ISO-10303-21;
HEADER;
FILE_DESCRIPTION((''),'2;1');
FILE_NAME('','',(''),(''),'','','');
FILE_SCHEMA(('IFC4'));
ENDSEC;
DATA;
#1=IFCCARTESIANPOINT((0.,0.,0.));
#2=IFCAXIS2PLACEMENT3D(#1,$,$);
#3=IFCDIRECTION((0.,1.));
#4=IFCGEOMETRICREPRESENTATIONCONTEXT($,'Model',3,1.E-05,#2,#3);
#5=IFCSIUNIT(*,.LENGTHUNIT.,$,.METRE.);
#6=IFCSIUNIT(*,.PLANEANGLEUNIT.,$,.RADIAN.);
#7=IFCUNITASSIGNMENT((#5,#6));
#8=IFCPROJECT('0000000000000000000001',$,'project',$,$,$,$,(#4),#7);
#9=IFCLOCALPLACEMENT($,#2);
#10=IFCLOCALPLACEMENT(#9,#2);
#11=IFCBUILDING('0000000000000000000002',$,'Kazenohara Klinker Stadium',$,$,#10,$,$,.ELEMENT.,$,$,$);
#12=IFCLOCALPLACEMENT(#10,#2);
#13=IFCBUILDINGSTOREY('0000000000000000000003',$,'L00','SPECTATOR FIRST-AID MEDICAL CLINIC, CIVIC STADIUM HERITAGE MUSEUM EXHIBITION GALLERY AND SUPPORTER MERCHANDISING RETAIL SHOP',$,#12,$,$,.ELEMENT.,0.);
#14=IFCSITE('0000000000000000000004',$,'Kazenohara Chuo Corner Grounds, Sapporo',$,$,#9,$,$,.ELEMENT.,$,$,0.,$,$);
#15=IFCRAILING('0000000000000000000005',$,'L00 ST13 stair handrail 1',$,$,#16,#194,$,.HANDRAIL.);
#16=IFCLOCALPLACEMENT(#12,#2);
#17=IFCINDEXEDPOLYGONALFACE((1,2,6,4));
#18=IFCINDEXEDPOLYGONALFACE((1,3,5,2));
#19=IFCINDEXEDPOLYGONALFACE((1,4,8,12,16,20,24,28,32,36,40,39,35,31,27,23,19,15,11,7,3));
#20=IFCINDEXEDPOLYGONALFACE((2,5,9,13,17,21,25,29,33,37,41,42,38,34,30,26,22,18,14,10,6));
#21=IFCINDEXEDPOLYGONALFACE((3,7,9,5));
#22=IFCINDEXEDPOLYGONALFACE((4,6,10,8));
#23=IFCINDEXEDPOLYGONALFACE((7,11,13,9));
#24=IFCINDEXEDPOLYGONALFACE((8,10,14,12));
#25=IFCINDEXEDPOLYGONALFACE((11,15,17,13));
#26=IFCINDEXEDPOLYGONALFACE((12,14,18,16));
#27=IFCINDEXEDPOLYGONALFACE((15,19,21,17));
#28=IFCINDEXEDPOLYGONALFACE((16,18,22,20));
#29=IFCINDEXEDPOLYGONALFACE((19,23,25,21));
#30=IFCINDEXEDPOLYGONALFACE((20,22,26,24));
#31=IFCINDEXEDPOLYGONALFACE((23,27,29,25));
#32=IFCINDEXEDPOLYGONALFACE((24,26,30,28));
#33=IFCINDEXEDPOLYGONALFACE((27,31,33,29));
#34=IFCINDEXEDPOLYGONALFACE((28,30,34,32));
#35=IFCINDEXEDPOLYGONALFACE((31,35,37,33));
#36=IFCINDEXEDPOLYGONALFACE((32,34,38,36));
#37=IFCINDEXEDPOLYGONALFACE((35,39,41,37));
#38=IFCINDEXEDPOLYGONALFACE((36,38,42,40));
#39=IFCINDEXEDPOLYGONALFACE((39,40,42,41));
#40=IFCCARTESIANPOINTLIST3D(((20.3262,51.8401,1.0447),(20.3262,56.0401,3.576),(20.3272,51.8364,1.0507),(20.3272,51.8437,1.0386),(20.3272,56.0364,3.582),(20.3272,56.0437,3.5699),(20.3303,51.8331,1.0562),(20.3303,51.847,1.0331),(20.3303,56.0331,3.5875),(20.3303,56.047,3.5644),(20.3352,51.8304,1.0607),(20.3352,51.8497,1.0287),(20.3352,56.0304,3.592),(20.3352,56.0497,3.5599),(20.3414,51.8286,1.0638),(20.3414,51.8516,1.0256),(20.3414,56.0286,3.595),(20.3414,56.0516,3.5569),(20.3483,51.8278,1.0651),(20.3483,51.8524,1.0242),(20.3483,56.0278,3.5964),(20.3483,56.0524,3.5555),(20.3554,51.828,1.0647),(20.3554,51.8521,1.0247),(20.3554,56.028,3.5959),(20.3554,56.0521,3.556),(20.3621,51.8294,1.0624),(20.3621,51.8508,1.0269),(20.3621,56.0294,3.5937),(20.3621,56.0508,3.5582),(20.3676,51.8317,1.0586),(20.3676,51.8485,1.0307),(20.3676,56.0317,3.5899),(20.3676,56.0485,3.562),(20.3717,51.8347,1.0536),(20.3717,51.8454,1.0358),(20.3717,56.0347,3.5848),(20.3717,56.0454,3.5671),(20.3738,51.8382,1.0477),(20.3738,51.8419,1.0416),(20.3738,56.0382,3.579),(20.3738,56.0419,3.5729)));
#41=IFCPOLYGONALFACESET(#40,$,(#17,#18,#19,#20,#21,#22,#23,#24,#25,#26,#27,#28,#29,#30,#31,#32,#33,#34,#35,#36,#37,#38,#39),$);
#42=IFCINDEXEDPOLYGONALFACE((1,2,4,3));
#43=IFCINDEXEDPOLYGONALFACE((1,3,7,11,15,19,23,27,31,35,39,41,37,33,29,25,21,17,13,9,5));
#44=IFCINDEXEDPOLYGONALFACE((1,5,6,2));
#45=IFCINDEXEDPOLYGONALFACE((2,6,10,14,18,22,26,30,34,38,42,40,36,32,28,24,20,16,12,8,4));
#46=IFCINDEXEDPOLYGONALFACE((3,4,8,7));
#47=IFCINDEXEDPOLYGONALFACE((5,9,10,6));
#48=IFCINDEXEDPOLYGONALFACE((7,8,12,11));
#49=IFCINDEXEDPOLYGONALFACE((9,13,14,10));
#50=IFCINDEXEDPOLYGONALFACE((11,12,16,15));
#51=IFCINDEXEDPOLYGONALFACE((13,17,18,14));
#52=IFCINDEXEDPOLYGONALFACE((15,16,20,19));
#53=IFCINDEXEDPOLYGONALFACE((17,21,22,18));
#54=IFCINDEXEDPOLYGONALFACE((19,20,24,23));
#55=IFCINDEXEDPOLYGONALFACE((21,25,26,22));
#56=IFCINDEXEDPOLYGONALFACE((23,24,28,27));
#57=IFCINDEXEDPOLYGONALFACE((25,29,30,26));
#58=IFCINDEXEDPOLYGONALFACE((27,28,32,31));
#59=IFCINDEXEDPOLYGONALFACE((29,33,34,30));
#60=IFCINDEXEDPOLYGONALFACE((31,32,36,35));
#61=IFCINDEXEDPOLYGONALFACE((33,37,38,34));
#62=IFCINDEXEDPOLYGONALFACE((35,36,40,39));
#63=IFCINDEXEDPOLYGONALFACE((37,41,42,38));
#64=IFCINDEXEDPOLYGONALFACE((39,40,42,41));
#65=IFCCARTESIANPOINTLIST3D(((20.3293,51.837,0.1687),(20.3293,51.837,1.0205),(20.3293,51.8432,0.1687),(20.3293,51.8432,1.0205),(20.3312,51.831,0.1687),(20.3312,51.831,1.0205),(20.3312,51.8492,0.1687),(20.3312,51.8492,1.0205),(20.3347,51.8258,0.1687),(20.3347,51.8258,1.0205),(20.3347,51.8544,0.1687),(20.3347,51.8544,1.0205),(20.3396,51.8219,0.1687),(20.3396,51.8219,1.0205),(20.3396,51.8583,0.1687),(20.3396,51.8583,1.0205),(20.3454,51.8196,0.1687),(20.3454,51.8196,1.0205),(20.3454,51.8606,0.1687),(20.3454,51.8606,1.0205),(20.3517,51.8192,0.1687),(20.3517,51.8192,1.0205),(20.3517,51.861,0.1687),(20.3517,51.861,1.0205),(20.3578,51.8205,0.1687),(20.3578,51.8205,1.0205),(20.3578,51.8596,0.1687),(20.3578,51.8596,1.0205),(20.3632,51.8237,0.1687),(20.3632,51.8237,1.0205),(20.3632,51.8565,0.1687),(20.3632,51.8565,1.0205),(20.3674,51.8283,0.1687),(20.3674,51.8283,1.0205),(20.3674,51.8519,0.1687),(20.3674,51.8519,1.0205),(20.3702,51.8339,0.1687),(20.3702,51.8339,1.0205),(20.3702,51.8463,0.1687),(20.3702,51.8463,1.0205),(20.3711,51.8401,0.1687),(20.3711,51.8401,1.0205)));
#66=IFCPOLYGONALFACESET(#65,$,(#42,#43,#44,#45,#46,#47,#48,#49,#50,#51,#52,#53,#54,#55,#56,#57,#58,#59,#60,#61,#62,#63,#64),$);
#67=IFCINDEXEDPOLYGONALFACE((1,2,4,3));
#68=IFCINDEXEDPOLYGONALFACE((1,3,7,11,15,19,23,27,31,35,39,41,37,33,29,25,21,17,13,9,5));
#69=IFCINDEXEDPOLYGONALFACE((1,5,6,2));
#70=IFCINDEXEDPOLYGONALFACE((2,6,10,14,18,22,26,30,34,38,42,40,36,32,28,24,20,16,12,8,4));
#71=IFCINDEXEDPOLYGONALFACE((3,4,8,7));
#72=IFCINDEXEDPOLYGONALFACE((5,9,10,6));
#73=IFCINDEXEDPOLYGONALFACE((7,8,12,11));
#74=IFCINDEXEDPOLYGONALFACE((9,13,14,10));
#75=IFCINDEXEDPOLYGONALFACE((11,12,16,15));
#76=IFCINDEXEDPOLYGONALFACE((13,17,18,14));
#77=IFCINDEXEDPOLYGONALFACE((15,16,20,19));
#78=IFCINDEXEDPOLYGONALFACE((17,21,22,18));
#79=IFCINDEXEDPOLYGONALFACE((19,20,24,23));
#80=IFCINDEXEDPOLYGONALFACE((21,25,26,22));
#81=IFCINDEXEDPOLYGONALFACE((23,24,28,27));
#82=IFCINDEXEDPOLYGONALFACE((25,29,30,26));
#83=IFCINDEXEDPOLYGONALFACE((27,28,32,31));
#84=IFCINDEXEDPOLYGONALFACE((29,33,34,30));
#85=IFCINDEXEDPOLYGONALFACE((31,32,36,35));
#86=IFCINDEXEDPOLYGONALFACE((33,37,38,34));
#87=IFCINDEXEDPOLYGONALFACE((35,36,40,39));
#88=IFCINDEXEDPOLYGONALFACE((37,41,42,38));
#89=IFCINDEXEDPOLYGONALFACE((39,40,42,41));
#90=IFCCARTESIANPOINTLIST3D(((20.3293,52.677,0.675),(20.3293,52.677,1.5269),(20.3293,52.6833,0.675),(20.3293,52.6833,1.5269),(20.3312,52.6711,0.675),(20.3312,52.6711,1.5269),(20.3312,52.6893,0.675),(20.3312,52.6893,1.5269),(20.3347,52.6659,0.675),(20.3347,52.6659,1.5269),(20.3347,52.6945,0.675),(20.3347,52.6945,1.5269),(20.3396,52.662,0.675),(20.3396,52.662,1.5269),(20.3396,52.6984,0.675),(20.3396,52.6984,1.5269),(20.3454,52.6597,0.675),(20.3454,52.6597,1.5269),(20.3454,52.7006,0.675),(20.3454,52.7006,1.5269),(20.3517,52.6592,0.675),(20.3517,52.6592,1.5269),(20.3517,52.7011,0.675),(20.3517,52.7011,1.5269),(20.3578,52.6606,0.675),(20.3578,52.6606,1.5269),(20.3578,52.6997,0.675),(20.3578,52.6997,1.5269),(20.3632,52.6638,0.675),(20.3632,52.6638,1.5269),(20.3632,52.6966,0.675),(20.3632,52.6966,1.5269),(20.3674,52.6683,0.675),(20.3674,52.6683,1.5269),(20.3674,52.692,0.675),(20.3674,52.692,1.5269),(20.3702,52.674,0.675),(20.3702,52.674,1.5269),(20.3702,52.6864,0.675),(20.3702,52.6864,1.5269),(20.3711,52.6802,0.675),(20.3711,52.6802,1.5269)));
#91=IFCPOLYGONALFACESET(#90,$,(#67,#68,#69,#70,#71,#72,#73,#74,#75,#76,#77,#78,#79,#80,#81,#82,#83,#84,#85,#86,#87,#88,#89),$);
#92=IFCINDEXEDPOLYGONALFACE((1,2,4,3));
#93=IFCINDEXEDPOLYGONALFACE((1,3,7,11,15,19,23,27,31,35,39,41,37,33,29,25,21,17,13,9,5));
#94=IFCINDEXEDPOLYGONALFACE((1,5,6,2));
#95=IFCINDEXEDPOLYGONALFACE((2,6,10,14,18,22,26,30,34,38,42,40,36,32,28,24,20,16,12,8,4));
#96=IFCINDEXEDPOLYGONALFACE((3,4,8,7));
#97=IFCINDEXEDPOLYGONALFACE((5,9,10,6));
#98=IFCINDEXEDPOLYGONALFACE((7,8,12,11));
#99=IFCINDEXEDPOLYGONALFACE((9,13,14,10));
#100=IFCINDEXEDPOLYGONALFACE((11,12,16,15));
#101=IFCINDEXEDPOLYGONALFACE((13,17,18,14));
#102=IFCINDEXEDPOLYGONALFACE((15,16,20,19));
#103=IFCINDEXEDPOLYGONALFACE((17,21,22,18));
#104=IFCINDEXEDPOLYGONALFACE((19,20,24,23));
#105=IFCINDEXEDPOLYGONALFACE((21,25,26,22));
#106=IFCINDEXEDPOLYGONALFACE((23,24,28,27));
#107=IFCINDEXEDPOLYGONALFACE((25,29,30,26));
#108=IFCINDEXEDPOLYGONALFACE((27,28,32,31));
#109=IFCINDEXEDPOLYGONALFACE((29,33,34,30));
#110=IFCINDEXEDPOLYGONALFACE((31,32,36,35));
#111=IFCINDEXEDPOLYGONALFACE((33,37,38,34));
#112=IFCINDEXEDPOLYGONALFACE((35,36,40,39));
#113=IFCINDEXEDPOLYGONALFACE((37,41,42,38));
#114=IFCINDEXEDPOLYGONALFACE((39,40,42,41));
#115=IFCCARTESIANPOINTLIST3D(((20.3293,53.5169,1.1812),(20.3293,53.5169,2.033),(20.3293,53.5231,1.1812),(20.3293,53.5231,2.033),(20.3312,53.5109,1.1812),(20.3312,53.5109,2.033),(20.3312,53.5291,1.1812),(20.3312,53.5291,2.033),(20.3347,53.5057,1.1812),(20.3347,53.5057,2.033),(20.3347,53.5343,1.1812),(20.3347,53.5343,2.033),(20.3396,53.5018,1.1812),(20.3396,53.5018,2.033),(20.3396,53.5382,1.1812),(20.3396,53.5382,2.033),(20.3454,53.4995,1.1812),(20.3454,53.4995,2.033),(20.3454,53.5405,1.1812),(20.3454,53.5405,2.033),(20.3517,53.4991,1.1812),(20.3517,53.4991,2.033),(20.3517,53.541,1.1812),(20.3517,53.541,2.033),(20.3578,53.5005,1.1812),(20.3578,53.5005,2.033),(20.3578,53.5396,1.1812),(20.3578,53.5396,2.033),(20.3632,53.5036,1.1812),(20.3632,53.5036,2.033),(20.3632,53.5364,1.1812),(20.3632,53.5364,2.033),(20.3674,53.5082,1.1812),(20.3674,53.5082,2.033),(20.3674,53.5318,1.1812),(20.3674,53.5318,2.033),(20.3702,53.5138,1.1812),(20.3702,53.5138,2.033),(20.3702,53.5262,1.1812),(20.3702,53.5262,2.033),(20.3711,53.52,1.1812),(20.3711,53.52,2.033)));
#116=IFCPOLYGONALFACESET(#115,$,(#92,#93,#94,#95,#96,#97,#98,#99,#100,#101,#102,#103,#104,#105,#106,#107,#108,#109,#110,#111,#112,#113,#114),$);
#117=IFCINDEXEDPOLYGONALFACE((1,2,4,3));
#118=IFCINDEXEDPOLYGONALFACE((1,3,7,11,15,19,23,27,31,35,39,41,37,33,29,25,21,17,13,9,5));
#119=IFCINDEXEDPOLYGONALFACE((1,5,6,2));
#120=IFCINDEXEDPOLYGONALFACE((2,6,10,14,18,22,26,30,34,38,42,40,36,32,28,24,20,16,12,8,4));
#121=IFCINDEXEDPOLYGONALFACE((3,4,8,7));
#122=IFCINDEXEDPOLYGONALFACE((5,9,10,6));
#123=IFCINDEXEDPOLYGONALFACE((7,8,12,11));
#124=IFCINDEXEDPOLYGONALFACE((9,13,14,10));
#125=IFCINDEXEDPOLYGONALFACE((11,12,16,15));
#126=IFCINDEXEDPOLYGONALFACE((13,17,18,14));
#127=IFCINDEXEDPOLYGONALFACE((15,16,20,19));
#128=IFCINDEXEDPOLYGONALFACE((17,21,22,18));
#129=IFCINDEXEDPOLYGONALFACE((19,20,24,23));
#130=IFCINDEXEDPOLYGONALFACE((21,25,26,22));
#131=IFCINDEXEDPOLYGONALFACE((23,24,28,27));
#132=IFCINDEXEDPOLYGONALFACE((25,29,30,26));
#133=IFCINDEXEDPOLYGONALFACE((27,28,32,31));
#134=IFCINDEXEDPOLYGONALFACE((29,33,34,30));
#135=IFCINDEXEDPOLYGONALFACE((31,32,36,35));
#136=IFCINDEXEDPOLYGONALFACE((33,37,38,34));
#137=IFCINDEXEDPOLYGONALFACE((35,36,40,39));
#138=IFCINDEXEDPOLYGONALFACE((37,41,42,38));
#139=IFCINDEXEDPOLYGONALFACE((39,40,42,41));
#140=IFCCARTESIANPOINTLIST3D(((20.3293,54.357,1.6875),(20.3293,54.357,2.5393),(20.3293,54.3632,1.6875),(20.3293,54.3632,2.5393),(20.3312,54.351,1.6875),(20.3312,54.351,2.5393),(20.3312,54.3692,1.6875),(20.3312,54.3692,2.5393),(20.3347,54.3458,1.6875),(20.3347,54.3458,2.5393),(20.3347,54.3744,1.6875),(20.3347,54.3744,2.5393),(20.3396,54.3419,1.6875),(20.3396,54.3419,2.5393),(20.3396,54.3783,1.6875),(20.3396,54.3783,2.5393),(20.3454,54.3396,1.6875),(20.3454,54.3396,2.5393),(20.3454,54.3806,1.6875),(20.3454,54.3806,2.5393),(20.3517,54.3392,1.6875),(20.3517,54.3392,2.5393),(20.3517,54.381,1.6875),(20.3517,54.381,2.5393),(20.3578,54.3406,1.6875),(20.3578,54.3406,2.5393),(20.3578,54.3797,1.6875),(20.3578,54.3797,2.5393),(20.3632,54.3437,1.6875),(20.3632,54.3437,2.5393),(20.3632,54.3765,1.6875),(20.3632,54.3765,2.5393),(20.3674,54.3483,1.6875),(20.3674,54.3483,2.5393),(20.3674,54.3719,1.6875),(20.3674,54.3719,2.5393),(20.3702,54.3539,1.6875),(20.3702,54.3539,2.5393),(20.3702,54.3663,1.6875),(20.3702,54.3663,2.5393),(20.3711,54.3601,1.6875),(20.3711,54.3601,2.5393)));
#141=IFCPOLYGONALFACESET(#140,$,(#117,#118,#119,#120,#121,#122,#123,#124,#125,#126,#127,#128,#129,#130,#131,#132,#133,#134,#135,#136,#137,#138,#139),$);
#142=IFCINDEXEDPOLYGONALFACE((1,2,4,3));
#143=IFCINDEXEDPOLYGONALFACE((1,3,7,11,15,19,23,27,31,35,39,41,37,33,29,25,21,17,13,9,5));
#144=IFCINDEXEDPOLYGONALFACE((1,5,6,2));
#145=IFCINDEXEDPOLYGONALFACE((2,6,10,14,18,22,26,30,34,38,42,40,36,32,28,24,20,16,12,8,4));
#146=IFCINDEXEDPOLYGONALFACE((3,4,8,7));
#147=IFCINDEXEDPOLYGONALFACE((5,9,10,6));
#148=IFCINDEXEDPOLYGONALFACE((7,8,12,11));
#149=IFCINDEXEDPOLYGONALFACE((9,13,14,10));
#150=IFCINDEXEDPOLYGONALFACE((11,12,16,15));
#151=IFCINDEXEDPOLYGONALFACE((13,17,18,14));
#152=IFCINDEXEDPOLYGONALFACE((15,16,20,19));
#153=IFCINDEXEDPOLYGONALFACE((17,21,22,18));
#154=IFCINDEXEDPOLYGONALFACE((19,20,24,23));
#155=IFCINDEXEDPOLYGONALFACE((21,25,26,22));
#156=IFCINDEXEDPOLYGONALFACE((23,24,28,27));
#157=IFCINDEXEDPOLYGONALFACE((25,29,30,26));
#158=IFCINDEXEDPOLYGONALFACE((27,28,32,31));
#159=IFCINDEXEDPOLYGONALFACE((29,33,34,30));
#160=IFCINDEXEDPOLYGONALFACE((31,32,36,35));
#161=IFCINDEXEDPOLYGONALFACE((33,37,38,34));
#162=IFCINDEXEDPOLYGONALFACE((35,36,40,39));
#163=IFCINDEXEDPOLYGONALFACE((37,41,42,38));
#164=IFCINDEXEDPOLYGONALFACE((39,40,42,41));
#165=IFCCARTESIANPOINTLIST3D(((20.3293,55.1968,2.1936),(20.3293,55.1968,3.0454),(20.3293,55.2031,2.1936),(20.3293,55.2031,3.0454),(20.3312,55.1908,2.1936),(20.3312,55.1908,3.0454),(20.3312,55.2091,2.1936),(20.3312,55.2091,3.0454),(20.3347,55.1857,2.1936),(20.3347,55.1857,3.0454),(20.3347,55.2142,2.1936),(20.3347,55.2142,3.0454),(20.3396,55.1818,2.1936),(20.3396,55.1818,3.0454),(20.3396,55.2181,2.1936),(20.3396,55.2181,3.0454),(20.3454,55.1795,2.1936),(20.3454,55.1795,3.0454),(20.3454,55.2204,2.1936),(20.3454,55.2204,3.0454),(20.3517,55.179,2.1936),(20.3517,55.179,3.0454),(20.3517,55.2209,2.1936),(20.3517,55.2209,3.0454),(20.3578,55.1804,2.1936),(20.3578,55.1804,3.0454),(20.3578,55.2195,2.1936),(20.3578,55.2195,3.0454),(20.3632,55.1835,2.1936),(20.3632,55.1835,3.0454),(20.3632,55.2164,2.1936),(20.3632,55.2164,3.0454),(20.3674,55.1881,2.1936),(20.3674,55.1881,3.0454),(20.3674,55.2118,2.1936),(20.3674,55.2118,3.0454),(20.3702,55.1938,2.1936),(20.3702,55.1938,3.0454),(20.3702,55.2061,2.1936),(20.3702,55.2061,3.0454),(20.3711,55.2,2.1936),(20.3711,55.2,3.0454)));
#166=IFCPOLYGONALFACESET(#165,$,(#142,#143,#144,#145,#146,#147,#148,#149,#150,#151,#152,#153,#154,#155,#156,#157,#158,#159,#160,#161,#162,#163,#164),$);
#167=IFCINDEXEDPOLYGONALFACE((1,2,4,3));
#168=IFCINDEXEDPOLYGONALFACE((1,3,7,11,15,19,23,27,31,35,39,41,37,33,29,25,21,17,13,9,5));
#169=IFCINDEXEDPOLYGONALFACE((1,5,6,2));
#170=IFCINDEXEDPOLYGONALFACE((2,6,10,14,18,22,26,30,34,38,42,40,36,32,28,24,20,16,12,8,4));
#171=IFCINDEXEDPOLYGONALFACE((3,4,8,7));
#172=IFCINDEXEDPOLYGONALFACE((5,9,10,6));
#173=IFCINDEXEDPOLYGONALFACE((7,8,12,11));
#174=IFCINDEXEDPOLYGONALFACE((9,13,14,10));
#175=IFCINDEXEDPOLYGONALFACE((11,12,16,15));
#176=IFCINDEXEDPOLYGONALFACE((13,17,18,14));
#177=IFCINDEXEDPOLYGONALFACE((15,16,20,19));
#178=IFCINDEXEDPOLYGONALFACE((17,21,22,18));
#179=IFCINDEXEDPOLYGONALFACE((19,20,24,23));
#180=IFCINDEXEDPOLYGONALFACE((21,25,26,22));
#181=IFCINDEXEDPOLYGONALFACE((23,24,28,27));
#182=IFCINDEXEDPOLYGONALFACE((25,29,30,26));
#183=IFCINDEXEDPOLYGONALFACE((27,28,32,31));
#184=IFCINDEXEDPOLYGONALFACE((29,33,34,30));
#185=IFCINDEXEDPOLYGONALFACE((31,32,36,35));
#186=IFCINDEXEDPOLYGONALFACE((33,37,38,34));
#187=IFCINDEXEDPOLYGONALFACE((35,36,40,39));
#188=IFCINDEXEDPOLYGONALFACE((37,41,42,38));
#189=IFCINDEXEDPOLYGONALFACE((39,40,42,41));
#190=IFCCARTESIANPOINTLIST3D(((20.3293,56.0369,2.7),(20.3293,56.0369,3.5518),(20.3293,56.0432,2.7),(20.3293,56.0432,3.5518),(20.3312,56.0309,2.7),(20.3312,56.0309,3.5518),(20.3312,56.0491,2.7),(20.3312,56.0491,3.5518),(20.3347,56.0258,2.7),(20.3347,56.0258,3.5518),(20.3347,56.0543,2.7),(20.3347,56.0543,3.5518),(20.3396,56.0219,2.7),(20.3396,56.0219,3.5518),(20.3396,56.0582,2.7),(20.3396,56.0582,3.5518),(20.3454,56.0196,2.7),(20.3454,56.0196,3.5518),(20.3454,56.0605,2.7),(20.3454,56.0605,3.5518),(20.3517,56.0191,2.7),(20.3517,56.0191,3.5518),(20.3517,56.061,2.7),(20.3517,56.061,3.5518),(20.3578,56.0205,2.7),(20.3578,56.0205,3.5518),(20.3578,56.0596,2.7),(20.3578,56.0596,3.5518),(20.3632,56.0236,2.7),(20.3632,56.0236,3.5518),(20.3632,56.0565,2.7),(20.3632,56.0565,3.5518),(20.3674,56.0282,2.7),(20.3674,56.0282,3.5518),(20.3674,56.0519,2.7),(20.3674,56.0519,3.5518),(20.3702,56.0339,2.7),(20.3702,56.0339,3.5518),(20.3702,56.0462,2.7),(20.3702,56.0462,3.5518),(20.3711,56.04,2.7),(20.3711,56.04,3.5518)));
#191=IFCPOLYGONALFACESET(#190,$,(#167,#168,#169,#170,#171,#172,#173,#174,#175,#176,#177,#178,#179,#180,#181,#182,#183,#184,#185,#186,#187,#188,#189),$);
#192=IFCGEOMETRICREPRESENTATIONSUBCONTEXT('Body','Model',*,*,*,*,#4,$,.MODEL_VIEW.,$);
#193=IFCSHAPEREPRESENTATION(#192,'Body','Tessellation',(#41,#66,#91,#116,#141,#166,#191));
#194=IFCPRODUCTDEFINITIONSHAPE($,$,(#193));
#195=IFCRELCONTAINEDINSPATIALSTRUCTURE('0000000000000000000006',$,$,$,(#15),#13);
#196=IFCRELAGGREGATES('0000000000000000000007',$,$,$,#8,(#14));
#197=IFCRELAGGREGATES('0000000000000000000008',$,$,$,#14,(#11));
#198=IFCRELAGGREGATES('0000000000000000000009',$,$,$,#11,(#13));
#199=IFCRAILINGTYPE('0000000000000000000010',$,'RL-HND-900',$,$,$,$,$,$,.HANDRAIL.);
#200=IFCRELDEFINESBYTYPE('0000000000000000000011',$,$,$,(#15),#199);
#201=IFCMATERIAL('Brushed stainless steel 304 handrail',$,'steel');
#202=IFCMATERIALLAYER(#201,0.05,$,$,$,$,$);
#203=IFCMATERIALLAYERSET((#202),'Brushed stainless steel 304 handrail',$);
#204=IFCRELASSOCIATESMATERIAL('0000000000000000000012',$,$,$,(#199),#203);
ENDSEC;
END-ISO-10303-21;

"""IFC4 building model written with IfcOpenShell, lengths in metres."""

from ifc_helpers import new_model, si_unit, direction, frame, origin, origin_2d, place, context, subcontext, project, spatial, circle, extrude, material, layer, layer_set, type_object, element, save


model = new_model("IFC4")

# Units and contexts
model_context = context("Model", 3, precision=1e-05, world=origin(), true_north=direction((0.0, 1.0)))
body_context = subcontext(model_context, "Body", "Model", "MODEL_VIEW")
ifc_project = project(units=[si_unit("LENGTHUNIT", "METRE"), si_unit("PLANEANGLEUNIT", "RADIAN")], contexts=[model_context])

# Site, building, storey
site_placement = place(None, origin())
site = spatial("IfcSite", under=ifc_project, at=site_placement, Name="Kazenohara Chuo Corner Grounds, Sapporo", CompositionType="ELEMENT", RefElevation=0.0)
building_placement = place(site_placement, origin())
building = spatial("IfcBuilding", under=site, at=building_placement, Name="Kazenohara Klinker Stadium", CompositionType="ELEMENT")
storey_placement = place(building_placement, origin())
storey = spatial("IfcBuildingStorey", under=building, at=storey_placement, Name="L00", Description="SPECTATOR FIRST-AID MEDICAL CLINIC, CIVIC STADIUM HERITAGE MUSEUM EXHIBITION GALLERY AND SUPPORTER MERCHANDISING RETAIL SHOP", CompositionType="ELEMENT", Elevation=0.0)

# Railing
ifc_material_1 = material(Name="Brushed stainless steel 304 handrail", Category="steel")
ifc_layer_1 = layer(ifc_material_1, 0.05)
ifc_layer_set_1 = layer_set([ifc_layer_1], Name="Brushed stainless steel 304 handrail")
railing_type = type_object("IfcRailingType", Name="RL-HND-900", PredefinedType="HANDRAIL", material=ifc_layer_set_1)
railing_placement = place(storey_placement, frame((20.3501, 51.8401, 0.1687)))
element("IfcRailing", 1, at=railing_placement, inside=storey, type_object=railing_type, Name="L00 ST13 stair handrail 1", PredefinedType="HANDRAIL", context=body_context, shape_type="SweptSolid", body=[
    extrude(circle(Radius=0.0239, at=origin_2d()), frame((0.0, 0.0, 0.876), z_axis=(0.0, 0.856476, 0.516186), x_axis=(-1.0, 0.0, 0.0)), (0.0, 0.0, 1.0), 4.9038),
    extrude(circle(Radius=0.021, at=origin_2d()), origin(), (0.0, 0.0, 1.0), 0.8518),
    extrude(circle(Radius=0.021, at=origin_2d()), frame((0.0, 0.8401, 0.5063)), (0.0, 0.0, 1.0), 0.8518),
    extrude(circle(Radius=0.021, at=origin_2d()), frame((0.0, 1.6799, 1.0125)), (0.0, 0.0, 1.0), 0.8518),
    extrude(circle(Radius=0.021, at=origin_2d()), frame((0.0, 2.52, 1.5188)), (0.0, 0.0, 1.0), 0.8518),
    extrude(circle(Radius=0.021, at=origin_2d()), frame((0.0, 3.3599, 2.0249)), (0.0, 0.0, 1.0), 0.8518),
    extrude(circle(Radius=0.021, at=origin_2d()), frame((0.0, 4.2, 2.5312)), (0.0, 0.0, 1.0), 0.8518),
])

save(model, "model.ifc")
